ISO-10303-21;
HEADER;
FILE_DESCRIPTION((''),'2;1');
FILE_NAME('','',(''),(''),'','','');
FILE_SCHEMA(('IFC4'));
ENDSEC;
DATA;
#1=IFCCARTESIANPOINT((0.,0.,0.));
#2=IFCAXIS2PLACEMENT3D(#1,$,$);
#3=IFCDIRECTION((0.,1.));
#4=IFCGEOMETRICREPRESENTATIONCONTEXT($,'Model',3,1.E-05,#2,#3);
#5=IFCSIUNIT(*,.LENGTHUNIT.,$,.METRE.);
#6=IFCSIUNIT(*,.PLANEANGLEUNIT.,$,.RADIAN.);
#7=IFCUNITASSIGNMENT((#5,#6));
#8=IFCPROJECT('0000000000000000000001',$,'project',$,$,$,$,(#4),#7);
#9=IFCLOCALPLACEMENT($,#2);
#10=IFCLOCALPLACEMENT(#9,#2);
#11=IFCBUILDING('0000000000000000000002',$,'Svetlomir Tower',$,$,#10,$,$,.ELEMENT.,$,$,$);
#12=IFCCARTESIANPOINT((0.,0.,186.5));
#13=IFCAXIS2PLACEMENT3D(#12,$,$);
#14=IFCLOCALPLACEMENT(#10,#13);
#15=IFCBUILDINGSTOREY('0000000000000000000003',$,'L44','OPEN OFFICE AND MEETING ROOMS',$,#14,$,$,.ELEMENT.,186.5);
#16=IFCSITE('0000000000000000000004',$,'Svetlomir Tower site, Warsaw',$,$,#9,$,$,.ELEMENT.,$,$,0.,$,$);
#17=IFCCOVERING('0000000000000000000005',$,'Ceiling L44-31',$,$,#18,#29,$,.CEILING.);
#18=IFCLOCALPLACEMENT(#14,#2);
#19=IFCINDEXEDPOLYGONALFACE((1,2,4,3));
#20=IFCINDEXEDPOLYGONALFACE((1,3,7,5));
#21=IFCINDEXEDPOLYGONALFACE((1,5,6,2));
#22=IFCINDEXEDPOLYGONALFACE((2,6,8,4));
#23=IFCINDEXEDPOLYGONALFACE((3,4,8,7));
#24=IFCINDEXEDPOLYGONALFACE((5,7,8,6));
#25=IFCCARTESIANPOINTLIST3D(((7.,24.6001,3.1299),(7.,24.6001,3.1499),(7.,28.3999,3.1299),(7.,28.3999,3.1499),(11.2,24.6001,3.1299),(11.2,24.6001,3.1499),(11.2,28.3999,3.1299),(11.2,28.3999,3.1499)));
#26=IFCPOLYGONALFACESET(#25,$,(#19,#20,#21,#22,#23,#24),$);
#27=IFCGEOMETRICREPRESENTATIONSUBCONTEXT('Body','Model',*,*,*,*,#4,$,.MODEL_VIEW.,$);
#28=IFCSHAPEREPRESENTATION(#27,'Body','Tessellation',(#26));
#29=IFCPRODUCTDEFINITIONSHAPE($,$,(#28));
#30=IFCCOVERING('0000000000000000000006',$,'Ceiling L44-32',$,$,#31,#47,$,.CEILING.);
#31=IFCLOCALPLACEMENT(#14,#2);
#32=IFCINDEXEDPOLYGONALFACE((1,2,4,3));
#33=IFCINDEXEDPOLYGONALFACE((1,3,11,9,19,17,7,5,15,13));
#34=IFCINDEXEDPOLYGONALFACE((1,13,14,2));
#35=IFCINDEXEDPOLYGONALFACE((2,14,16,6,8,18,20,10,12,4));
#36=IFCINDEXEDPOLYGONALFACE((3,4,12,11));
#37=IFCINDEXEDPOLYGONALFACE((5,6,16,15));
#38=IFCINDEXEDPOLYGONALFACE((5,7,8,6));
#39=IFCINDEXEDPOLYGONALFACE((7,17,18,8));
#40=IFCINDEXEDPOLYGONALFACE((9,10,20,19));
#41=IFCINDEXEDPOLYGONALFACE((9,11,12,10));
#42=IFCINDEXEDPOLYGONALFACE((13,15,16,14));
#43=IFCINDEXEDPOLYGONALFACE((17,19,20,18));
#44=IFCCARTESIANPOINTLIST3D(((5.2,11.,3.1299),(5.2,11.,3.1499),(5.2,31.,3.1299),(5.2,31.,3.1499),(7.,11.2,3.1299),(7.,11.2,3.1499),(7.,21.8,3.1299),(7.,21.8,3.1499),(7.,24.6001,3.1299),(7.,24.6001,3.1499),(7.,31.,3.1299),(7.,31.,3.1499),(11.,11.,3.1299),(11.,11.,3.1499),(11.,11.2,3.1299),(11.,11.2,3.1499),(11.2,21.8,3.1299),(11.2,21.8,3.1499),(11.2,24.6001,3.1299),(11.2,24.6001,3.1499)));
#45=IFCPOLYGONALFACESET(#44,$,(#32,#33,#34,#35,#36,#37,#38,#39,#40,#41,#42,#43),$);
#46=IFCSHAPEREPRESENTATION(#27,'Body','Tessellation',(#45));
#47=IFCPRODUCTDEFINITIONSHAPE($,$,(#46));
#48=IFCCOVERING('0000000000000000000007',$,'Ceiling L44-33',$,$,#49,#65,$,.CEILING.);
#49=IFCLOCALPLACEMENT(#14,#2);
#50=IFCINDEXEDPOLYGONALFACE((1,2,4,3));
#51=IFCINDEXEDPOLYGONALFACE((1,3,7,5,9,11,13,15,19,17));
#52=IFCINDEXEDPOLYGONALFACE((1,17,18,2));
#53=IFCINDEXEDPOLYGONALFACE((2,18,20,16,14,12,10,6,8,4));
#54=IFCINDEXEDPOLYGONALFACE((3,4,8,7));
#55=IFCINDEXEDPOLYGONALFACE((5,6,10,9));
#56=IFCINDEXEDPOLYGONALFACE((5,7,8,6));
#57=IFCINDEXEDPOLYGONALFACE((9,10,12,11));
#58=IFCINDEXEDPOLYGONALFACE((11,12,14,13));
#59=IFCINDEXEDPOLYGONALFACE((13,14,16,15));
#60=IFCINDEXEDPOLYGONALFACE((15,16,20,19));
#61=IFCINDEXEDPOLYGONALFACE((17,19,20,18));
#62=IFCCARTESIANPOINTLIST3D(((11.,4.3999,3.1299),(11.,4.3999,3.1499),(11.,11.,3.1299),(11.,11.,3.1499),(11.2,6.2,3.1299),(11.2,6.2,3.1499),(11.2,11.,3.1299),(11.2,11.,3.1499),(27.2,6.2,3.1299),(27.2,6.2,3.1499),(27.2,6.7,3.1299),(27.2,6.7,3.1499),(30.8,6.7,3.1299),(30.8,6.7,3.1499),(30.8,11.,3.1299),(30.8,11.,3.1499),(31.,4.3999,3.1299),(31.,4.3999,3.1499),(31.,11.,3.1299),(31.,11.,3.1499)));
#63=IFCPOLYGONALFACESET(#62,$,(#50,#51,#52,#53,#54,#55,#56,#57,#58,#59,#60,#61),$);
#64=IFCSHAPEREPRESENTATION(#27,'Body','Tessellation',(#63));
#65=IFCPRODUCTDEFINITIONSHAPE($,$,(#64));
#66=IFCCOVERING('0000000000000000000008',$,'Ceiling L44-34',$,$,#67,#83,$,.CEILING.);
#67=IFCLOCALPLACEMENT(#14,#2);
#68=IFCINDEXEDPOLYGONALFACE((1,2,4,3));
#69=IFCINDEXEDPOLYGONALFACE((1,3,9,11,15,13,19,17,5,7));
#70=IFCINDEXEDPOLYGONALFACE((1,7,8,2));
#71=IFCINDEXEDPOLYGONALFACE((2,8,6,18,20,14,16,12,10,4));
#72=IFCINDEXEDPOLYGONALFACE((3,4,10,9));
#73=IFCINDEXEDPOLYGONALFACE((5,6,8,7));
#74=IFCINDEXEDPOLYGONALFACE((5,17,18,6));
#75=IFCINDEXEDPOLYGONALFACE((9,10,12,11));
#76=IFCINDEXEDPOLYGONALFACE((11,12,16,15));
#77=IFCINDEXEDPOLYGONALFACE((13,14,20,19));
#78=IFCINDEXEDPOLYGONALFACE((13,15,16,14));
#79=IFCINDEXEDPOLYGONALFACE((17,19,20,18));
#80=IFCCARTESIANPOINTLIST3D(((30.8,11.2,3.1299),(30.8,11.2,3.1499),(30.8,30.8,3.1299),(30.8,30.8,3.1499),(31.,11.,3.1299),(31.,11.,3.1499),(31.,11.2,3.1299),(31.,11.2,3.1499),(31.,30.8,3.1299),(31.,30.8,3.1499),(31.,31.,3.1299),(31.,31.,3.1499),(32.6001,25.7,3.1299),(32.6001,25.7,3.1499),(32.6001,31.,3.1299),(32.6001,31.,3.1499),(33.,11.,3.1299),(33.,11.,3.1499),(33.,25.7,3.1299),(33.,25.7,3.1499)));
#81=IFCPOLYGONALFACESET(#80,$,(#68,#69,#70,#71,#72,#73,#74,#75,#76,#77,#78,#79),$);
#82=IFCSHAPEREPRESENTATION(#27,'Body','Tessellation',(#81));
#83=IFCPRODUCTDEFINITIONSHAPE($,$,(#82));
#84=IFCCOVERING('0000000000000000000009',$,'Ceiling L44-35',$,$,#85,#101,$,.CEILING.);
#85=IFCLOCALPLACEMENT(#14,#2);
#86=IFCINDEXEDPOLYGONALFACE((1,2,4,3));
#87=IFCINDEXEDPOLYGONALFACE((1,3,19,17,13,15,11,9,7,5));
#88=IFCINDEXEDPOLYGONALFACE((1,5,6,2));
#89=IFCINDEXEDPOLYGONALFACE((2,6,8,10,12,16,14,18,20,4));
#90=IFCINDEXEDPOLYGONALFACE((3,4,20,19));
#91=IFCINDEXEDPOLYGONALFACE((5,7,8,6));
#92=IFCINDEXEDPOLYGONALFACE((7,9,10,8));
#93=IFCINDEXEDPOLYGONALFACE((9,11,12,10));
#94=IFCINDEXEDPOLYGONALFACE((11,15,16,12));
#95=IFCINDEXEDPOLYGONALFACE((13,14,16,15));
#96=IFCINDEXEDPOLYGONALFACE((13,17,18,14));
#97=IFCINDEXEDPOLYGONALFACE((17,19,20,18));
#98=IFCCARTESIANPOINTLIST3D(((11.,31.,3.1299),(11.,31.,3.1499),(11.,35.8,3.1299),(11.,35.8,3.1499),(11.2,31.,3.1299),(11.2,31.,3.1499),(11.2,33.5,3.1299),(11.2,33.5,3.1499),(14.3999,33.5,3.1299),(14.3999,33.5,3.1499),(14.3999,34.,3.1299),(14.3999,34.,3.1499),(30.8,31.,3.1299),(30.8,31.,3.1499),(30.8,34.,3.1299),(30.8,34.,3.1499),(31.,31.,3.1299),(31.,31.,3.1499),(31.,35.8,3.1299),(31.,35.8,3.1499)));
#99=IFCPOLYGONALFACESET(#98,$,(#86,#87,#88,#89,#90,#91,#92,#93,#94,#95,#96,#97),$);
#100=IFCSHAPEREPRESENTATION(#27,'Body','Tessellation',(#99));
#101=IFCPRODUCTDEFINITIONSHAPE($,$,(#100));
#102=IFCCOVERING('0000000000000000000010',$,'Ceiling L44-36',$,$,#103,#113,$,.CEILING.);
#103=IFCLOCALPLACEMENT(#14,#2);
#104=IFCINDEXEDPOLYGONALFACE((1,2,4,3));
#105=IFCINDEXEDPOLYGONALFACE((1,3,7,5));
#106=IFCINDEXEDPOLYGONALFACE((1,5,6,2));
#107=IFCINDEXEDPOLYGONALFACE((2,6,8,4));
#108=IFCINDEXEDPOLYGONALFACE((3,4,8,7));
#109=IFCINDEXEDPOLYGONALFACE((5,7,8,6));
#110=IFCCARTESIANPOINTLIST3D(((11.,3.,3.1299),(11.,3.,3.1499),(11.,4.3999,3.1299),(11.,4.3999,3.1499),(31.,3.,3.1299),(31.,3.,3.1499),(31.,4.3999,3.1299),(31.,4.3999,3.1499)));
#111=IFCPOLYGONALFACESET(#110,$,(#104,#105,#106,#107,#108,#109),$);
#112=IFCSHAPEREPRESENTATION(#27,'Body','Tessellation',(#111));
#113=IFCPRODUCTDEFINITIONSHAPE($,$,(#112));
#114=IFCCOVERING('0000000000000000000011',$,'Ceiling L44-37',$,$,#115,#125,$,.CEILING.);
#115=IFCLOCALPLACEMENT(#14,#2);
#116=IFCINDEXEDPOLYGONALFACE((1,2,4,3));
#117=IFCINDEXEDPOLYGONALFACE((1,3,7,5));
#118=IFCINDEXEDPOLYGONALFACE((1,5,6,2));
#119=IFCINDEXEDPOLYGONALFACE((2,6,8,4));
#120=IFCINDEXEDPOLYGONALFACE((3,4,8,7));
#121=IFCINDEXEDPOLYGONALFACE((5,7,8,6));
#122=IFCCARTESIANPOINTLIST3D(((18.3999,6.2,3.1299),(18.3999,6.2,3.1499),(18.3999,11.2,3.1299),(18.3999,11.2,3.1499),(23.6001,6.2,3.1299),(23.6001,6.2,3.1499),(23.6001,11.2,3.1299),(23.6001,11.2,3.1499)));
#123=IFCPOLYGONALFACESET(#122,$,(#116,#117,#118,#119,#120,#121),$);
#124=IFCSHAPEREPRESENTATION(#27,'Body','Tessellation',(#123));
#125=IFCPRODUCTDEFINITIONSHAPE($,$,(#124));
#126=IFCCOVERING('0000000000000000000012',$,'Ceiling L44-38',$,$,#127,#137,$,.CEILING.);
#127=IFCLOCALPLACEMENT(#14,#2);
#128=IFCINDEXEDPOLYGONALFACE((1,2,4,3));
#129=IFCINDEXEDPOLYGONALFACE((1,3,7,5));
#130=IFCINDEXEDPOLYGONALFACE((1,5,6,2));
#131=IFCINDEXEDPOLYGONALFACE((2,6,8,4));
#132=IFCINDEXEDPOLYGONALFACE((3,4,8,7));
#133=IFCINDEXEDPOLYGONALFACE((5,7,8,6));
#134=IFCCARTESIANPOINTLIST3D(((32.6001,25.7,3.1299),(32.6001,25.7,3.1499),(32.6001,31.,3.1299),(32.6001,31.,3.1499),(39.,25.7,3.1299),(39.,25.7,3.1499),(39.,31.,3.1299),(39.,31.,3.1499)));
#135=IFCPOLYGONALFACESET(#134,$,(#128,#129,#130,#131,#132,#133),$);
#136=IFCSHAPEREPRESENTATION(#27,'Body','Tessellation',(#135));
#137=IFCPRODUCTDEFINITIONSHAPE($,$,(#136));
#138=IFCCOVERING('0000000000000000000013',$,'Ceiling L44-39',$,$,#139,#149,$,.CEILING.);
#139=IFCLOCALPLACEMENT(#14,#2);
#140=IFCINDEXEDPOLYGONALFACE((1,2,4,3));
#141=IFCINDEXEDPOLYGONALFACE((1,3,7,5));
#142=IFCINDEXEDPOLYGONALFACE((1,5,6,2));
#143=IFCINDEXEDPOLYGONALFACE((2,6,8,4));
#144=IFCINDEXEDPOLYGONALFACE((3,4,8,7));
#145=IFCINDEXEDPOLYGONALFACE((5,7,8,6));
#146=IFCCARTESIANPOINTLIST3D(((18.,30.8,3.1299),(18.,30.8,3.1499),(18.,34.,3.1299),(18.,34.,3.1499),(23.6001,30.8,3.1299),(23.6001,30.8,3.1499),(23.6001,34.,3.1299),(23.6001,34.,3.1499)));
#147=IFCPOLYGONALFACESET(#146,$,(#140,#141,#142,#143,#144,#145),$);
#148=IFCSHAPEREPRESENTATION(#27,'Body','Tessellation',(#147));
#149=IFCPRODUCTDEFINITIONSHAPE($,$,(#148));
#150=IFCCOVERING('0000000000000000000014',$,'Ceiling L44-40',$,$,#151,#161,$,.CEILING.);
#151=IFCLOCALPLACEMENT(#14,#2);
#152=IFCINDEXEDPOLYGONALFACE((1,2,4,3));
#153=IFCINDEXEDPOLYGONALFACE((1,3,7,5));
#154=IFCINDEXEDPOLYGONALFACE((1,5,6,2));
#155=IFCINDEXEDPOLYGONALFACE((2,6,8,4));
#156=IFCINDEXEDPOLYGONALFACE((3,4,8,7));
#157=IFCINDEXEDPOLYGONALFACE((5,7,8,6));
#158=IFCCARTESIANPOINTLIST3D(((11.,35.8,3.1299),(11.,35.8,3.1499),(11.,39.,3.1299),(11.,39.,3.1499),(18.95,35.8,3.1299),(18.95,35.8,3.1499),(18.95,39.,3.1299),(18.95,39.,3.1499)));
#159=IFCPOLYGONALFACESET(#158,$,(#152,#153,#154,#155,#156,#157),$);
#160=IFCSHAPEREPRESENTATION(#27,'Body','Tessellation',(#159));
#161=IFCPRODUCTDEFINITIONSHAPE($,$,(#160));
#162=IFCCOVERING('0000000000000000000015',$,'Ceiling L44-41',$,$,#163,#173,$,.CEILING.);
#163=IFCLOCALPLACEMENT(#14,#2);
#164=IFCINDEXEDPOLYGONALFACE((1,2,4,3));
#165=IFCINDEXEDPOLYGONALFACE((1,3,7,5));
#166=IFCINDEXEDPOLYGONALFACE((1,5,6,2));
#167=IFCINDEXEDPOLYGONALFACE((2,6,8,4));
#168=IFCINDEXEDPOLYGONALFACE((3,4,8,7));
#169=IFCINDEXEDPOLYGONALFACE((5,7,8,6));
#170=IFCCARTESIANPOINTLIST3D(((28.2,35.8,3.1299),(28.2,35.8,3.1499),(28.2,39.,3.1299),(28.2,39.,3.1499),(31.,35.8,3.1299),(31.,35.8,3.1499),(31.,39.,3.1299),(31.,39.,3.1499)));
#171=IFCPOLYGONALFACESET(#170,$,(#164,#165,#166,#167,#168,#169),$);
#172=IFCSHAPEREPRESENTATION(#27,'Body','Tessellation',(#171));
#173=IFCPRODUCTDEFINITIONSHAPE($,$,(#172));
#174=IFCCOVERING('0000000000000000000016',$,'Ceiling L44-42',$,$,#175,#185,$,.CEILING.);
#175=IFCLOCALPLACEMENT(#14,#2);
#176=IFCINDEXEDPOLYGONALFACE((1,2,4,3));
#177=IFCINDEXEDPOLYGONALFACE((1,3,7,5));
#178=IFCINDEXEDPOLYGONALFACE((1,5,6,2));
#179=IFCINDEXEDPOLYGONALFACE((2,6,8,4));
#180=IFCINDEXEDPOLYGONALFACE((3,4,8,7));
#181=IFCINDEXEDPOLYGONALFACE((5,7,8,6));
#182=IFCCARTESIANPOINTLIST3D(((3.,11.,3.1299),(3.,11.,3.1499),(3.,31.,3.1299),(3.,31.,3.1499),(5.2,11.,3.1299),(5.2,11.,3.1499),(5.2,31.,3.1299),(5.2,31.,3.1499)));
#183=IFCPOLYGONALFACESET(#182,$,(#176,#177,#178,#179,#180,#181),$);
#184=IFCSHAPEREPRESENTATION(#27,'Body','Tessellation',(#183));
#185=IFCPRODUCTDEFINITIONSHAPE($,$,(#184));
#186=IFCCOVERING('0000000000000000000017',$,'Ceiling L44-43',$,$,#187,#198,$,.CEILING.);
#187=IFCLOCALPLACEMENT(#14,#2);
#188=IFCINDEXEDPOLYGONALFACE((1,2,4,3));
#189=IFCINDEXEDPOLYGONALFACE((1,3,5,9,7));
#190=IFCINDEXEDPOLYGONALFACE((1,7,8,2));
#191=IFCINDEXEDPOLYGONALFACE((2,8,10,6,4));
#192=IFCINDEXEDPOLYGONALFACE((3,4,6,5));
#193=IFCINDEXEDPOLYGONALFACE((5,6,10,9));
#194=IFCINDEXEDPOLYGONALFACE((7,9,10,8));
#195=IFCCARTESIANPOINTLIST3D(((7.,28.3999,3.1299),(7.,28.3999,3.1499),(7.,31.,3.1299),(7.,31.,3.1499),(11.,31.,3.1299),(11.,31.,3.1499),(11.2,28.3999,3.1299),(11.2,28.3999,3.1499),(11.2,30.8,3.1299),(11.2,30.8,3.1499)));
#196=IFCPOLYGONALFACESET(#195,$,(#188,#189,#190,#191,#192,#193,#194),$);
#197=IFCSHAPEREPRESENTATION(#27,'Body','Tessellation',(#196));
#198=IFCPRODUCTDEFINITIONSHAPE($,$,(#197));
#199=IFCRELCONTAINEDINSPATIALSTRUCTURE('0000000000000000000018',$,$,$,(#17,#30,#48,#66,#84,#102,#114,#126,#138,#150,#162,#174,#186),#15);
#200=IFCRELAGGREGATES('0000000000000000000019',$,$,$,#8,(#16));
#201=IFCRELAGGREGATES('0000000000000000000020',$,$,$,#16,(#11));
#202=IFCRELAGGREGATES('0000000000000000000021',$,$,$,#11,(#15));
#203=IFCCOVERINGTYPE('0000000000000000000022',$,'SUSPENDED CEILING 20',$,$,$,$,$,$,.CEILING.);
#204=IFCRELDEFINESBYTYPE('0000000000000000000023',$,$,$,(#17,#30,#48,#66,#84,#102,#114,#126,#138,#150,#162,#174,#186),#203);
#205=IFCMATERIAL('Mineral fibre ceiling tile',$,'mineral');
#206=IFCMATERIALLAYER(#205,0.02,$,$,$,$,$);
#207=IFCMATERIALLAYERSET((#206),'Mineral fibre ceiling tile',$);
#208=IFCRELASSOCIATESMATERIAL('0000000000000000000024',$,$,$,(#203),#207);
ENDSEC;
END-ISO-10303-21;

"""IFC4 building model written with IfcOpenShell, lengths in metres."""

from ifc_helpers import new_model, si_unit, direction, frame, origin, place, context, subcontext, project, spatial, polyline, outline, extrude, material, layer, layer_set, type_object, element, save


model = new_model("IFC4")

# Units and contexts
model_context = context("Model", 3, precision=1e-05, world=origin(), true_north=direction((0.0, 1.0)))
body_context = subcontext(model_context, "Body", "Model", "MODEL_VIEW")
ifc_project = project(units=[si_unit("LENGTHUNIT", "METRE"), si_unit("PLANEANGLEUNIT", "RADIAN")], contexts=[model_context])

# Site, building, storey
site_placement = place(None, origin())
site = spatial("IfcSite", under=ifc_project, at=site_placement, Name="Svetlomir Tower site, Warsaw", CompositionType="ELEMENT", RefElevation=0.0)
building_placement = place(site_placement, origin())
building = spatial("IfcBuilding", under=site, at=building_placement, Name="Svetlomir Tower", CompositionType="ELEMENT")
storey_placement = place(building_placement, frame((0.0, 0.0, 186.5)))
storey = spatial("IfcBuildingStorey", under=building, at=storey_placement, Name="L44", Description="OPEN OFFICE AND MEETING ROOMS", CompositionType="ELEMENT", Elevation=186.5)

# Coverings
ifc_material_1 = material(Name="Mineral fibre ceiling tile", Category="mineral")
ifc_layer_1 = layer(ifc_material_1, 0.02)
ifc_layer_set_1 = layer_set([ifc_layer_1], Name="Mineral fibre ceiling tile")
covering_type_1 = type_object("IfcCoveringType", Name="SUSPENDED CEILING 20", PredefinedType="CEILING", material=ifc_layer_set_1)
covering_1_placement = place(storey_placement, frame((0.0, 0.0, 3.1299)))
element("IfcCovering", 1, at=covering_1_placement, inside=storey, type_object=covering_type_1, Name="Ceiling L44-31", PredefinedType="CEILING", context=body_context, shape_type="SweptSolid", body=[
    extrude(outline(polyline([(7.0, 24.6001), (11.2, 24.6001), (11.2, 28.3999), (7.0, 28.3999), (7.0, 24.6001)])), origin(), (0.0, 0.0, 1.0), 0.02),
])
covering_2_placement = place(storey_placement, frame((0.0, 0.0, 3.1299)))
element("IfcCovering", 2, at=covering_2_placement, inside=storey, type_object=covering_type_1, Name="Ceiling L44-32", PredefinedType="CEILING", context=body_context, shape_type="SweptSolid", body=[
    extrude(outline(polyline([(5.2, 11.0), (5.2, 31.0), (7.0, 31.0), (7.0, 24.6001), (11.2, 24.6001), (11.2, 21.8), (7.0, 21.8), (7.0, 11.2), (11.0, 11.2), (11.0, 11.0), (5.2, 11.0)])), origin(), (0.0, 0.0, 1.0), 0.02),
])
covering_3_placement = place(storey_placement, frame((0.0, 0.0, 3.1299)))
element("IfcCovering", 3, at=covering_3_placement, inside=storey, type_object=covering_type_1, Name="Ceiling L44-33", PredefinedType="CEILING", context=body_context, shape_type="SweptSolid", body=[
    extrude(outline(polyline([(11.2, 6.2), (27.2, 6.2), (27.2, 6.7), (30.8, 6.7), (30.8, 11.0), (31.0, 11.0), (31.0, 4.3999), (11.0, 4.3999), (11.0, 11.0), (11.2, 11.0), (11.2, 6.2)])), origin(), (0.0, 0.0, 1.0), 0.02),
])
covering_4_placement = place(storey_placement, frame((0.0, 0.0, 3.1299)))
element("IfcCovering", 4, at=covering_4_placement, inside=storey, type_object=covering_type_1, Name="Ceiling L44-34", PredefinedType="CEILING", context=body_context, shape_type="SweptSolid", body=[
    extrude(outline(polyline([(30.8, 11.2), (30.8, 30.8), (31.0, 30.8), (31.0, 31.0), (32.6001, 31.0), (32.6001, 25.7), (33.0, 25.7), (33.0, 11.0), (31.0, 11.0), (31.0, 11.2), (30.8, 11.2)])), origin(), (0.0, 0.0, 1.0), 0.02),
])
covering_5_placement = place(storey_placement, frame((0.0, 0.0, 3.1299)))
element("IfcCovering", 5, at=covering_5_placement, inside=storey, type_object=covering_type_1, Name="Ceiling L44-35", PredefinedType="CEILING", context=body_context, shape_type="SweptSolid", body=[
    extrude(outline(polyline([(30.8, 34.0), (14.3999, 34.0), (14.3999, 33.5), (11.2, 33.5), (11.2, 31.0), (11.0, 31.0), (11.0, 35.8), (31.0, 35.8), (31.0, 31.0), (30.8, 31.0), (30.8, 34.0)])), origin(), (0.0, 0.0, 1.0), 0.02),
])
covering_6_placement = place(storey_placement, frame((0.0, 0.0, 3.1299)))
element("IfcCovering", 6, at=covering_6_placement, inside=storey, type_object=covering_type_1, Name="Ceiling L44-36", PredefinedType="CEILING", context=body_context, shape_type="SweptSolid", body=[
    extrude(outline(polyline([(11.0, 3.0), (11.0, 4.3999), (31.0, 4.3999), (31.0, 3.0), (11.0, 3.0)])), origin(), (0.0, 0.0, 1.0), 0.02),
])
covering_7_placement = place(storey_placement, frame((0.0, 0.0, 3.1299)))
element("IfcCovering", 7, at=covering_7_placement, inside=storey, type_object=covering_type_1, Name="Ceiling L44-37", PredefinedType="CEILING", context=body_context, shape_type="SweptSolid", body=[
    extrude(outline(polyline([(23.6001, 11.2), (23.6001, 6.2), (18.3999, 6.2), (18.3999, 11.2), (23.6001, 11.2)])), origin(), (0.0, 0.0, 1.0), 0.02),
])
covering_8_placement = place(storey_placement, frame((0.0, 0.0, 3.1299)))
element("IfcCovering", 8, at=covering_8_placement, inside=storey, type_object=covering_type_1, Name="Ceiling L44-38", PredefinedType="CEILING", context=body_context, shape_type="SweptSolid", body=[
    extrude(outline(polyline([(39.0, 25.7), (32.6001, 25.7), (32.6001, 31.0), (39.0, 31.0), (39.0, 25.7)])), origin(), (0.0, 0.0, 1.0), 0.02),
])
covering_9_placement = place(storey_placement, frame((0.0, 0.0, 3.1299)))
element("IfcCovering", 9, at=covering_9_placement, inside=storey, type_object=covering_type_1, Name="Ceiling L44-39", PredefinedType="CEILING", context=body_context, shape_type="SweptSolid", body=[
    extrude(outline(polyline([(18.0, 30.8), (18.0, 34.0), (23.6001, 34.0), (23.6001, 30.8), (18.0, 30.8)])), origin(), (0.0, 0.0, 1.0), 0.02),
])
covering_10_placement = place(storey_placement, frame((0.0, 0.0, 3.1299)))
element("IfcCovering", 10, at=covering_10_placement, inside=storey, type_object=covering_type_1, Name="Ceiling L44-40", PredefinedType="CEILING", context=body_context, shape_type="SweptSolid", body=[
    extrude(outline(polyline([(18.95, 39.0), (18.95, 35.8), (11.0, 35.8), (11.0, 39.0), (18.95, 39.0)])), origin(), (0.0, 0.0, 1.0), 0.02),
])
covering_11_placement = place(storey_placement, frame((0.0, 0.0, 3.1299)))
element("IfcCovering", 11, at=covering_11_placement, inside=storey, type_object=covering_type_1, Name="Ceiling L44-41", PredefinedType="CEILING", context=body_context, shape_type="SweptSolid", body=[
    extrude(outline(polyline([(31.0, 39.0), (31.0, 35.8), (28.2, 35.8), (28.2, 39.0), (31.0, 39.0)])), origin(), (0.0, 0.0, 1.0), 0.02),
])
covering_12_placement = place(storey_placement, frame((0.0, 0.0, 3.1299)))
element("IfcCovering", 12, at=covering_12_placement, inside=storey, type_object=covering_type_1, Name="Ceiling L44-42", PredefinedType="CEILING", context=body_context, shape_type="SweptSolid", body=[
    extrude(outline(polyline([(3.0, 31.0), (5.2, 31.0), (5.2, 11.0), (3.0, 11.0), (3.0, 31.0)])), origin(), (0.0, 0.0, 1.0), 0.02),
])
covering_13_placement = place(storey_placement, frame((0.0, 0.0, 3.1299)))
element("IfcCovering", 13, at=covering_13_placement, inside=storey, type_object=covering_type_1, Name="Ceiling L44-43", PredefinedType="CEILING", context=body_context, shape_type="SweptSolid", body=[
    extrude(outline(polyline([(11.2, 28.3999), (7.0, 28.3999), (7.0, 31.0), (11.0, 31.0), (11.2, 30.8), (11.2, 28.3999)])), origin(), (0.0, 0.0, 1.0), 0.02),
])

save(model, "model.ifc")
